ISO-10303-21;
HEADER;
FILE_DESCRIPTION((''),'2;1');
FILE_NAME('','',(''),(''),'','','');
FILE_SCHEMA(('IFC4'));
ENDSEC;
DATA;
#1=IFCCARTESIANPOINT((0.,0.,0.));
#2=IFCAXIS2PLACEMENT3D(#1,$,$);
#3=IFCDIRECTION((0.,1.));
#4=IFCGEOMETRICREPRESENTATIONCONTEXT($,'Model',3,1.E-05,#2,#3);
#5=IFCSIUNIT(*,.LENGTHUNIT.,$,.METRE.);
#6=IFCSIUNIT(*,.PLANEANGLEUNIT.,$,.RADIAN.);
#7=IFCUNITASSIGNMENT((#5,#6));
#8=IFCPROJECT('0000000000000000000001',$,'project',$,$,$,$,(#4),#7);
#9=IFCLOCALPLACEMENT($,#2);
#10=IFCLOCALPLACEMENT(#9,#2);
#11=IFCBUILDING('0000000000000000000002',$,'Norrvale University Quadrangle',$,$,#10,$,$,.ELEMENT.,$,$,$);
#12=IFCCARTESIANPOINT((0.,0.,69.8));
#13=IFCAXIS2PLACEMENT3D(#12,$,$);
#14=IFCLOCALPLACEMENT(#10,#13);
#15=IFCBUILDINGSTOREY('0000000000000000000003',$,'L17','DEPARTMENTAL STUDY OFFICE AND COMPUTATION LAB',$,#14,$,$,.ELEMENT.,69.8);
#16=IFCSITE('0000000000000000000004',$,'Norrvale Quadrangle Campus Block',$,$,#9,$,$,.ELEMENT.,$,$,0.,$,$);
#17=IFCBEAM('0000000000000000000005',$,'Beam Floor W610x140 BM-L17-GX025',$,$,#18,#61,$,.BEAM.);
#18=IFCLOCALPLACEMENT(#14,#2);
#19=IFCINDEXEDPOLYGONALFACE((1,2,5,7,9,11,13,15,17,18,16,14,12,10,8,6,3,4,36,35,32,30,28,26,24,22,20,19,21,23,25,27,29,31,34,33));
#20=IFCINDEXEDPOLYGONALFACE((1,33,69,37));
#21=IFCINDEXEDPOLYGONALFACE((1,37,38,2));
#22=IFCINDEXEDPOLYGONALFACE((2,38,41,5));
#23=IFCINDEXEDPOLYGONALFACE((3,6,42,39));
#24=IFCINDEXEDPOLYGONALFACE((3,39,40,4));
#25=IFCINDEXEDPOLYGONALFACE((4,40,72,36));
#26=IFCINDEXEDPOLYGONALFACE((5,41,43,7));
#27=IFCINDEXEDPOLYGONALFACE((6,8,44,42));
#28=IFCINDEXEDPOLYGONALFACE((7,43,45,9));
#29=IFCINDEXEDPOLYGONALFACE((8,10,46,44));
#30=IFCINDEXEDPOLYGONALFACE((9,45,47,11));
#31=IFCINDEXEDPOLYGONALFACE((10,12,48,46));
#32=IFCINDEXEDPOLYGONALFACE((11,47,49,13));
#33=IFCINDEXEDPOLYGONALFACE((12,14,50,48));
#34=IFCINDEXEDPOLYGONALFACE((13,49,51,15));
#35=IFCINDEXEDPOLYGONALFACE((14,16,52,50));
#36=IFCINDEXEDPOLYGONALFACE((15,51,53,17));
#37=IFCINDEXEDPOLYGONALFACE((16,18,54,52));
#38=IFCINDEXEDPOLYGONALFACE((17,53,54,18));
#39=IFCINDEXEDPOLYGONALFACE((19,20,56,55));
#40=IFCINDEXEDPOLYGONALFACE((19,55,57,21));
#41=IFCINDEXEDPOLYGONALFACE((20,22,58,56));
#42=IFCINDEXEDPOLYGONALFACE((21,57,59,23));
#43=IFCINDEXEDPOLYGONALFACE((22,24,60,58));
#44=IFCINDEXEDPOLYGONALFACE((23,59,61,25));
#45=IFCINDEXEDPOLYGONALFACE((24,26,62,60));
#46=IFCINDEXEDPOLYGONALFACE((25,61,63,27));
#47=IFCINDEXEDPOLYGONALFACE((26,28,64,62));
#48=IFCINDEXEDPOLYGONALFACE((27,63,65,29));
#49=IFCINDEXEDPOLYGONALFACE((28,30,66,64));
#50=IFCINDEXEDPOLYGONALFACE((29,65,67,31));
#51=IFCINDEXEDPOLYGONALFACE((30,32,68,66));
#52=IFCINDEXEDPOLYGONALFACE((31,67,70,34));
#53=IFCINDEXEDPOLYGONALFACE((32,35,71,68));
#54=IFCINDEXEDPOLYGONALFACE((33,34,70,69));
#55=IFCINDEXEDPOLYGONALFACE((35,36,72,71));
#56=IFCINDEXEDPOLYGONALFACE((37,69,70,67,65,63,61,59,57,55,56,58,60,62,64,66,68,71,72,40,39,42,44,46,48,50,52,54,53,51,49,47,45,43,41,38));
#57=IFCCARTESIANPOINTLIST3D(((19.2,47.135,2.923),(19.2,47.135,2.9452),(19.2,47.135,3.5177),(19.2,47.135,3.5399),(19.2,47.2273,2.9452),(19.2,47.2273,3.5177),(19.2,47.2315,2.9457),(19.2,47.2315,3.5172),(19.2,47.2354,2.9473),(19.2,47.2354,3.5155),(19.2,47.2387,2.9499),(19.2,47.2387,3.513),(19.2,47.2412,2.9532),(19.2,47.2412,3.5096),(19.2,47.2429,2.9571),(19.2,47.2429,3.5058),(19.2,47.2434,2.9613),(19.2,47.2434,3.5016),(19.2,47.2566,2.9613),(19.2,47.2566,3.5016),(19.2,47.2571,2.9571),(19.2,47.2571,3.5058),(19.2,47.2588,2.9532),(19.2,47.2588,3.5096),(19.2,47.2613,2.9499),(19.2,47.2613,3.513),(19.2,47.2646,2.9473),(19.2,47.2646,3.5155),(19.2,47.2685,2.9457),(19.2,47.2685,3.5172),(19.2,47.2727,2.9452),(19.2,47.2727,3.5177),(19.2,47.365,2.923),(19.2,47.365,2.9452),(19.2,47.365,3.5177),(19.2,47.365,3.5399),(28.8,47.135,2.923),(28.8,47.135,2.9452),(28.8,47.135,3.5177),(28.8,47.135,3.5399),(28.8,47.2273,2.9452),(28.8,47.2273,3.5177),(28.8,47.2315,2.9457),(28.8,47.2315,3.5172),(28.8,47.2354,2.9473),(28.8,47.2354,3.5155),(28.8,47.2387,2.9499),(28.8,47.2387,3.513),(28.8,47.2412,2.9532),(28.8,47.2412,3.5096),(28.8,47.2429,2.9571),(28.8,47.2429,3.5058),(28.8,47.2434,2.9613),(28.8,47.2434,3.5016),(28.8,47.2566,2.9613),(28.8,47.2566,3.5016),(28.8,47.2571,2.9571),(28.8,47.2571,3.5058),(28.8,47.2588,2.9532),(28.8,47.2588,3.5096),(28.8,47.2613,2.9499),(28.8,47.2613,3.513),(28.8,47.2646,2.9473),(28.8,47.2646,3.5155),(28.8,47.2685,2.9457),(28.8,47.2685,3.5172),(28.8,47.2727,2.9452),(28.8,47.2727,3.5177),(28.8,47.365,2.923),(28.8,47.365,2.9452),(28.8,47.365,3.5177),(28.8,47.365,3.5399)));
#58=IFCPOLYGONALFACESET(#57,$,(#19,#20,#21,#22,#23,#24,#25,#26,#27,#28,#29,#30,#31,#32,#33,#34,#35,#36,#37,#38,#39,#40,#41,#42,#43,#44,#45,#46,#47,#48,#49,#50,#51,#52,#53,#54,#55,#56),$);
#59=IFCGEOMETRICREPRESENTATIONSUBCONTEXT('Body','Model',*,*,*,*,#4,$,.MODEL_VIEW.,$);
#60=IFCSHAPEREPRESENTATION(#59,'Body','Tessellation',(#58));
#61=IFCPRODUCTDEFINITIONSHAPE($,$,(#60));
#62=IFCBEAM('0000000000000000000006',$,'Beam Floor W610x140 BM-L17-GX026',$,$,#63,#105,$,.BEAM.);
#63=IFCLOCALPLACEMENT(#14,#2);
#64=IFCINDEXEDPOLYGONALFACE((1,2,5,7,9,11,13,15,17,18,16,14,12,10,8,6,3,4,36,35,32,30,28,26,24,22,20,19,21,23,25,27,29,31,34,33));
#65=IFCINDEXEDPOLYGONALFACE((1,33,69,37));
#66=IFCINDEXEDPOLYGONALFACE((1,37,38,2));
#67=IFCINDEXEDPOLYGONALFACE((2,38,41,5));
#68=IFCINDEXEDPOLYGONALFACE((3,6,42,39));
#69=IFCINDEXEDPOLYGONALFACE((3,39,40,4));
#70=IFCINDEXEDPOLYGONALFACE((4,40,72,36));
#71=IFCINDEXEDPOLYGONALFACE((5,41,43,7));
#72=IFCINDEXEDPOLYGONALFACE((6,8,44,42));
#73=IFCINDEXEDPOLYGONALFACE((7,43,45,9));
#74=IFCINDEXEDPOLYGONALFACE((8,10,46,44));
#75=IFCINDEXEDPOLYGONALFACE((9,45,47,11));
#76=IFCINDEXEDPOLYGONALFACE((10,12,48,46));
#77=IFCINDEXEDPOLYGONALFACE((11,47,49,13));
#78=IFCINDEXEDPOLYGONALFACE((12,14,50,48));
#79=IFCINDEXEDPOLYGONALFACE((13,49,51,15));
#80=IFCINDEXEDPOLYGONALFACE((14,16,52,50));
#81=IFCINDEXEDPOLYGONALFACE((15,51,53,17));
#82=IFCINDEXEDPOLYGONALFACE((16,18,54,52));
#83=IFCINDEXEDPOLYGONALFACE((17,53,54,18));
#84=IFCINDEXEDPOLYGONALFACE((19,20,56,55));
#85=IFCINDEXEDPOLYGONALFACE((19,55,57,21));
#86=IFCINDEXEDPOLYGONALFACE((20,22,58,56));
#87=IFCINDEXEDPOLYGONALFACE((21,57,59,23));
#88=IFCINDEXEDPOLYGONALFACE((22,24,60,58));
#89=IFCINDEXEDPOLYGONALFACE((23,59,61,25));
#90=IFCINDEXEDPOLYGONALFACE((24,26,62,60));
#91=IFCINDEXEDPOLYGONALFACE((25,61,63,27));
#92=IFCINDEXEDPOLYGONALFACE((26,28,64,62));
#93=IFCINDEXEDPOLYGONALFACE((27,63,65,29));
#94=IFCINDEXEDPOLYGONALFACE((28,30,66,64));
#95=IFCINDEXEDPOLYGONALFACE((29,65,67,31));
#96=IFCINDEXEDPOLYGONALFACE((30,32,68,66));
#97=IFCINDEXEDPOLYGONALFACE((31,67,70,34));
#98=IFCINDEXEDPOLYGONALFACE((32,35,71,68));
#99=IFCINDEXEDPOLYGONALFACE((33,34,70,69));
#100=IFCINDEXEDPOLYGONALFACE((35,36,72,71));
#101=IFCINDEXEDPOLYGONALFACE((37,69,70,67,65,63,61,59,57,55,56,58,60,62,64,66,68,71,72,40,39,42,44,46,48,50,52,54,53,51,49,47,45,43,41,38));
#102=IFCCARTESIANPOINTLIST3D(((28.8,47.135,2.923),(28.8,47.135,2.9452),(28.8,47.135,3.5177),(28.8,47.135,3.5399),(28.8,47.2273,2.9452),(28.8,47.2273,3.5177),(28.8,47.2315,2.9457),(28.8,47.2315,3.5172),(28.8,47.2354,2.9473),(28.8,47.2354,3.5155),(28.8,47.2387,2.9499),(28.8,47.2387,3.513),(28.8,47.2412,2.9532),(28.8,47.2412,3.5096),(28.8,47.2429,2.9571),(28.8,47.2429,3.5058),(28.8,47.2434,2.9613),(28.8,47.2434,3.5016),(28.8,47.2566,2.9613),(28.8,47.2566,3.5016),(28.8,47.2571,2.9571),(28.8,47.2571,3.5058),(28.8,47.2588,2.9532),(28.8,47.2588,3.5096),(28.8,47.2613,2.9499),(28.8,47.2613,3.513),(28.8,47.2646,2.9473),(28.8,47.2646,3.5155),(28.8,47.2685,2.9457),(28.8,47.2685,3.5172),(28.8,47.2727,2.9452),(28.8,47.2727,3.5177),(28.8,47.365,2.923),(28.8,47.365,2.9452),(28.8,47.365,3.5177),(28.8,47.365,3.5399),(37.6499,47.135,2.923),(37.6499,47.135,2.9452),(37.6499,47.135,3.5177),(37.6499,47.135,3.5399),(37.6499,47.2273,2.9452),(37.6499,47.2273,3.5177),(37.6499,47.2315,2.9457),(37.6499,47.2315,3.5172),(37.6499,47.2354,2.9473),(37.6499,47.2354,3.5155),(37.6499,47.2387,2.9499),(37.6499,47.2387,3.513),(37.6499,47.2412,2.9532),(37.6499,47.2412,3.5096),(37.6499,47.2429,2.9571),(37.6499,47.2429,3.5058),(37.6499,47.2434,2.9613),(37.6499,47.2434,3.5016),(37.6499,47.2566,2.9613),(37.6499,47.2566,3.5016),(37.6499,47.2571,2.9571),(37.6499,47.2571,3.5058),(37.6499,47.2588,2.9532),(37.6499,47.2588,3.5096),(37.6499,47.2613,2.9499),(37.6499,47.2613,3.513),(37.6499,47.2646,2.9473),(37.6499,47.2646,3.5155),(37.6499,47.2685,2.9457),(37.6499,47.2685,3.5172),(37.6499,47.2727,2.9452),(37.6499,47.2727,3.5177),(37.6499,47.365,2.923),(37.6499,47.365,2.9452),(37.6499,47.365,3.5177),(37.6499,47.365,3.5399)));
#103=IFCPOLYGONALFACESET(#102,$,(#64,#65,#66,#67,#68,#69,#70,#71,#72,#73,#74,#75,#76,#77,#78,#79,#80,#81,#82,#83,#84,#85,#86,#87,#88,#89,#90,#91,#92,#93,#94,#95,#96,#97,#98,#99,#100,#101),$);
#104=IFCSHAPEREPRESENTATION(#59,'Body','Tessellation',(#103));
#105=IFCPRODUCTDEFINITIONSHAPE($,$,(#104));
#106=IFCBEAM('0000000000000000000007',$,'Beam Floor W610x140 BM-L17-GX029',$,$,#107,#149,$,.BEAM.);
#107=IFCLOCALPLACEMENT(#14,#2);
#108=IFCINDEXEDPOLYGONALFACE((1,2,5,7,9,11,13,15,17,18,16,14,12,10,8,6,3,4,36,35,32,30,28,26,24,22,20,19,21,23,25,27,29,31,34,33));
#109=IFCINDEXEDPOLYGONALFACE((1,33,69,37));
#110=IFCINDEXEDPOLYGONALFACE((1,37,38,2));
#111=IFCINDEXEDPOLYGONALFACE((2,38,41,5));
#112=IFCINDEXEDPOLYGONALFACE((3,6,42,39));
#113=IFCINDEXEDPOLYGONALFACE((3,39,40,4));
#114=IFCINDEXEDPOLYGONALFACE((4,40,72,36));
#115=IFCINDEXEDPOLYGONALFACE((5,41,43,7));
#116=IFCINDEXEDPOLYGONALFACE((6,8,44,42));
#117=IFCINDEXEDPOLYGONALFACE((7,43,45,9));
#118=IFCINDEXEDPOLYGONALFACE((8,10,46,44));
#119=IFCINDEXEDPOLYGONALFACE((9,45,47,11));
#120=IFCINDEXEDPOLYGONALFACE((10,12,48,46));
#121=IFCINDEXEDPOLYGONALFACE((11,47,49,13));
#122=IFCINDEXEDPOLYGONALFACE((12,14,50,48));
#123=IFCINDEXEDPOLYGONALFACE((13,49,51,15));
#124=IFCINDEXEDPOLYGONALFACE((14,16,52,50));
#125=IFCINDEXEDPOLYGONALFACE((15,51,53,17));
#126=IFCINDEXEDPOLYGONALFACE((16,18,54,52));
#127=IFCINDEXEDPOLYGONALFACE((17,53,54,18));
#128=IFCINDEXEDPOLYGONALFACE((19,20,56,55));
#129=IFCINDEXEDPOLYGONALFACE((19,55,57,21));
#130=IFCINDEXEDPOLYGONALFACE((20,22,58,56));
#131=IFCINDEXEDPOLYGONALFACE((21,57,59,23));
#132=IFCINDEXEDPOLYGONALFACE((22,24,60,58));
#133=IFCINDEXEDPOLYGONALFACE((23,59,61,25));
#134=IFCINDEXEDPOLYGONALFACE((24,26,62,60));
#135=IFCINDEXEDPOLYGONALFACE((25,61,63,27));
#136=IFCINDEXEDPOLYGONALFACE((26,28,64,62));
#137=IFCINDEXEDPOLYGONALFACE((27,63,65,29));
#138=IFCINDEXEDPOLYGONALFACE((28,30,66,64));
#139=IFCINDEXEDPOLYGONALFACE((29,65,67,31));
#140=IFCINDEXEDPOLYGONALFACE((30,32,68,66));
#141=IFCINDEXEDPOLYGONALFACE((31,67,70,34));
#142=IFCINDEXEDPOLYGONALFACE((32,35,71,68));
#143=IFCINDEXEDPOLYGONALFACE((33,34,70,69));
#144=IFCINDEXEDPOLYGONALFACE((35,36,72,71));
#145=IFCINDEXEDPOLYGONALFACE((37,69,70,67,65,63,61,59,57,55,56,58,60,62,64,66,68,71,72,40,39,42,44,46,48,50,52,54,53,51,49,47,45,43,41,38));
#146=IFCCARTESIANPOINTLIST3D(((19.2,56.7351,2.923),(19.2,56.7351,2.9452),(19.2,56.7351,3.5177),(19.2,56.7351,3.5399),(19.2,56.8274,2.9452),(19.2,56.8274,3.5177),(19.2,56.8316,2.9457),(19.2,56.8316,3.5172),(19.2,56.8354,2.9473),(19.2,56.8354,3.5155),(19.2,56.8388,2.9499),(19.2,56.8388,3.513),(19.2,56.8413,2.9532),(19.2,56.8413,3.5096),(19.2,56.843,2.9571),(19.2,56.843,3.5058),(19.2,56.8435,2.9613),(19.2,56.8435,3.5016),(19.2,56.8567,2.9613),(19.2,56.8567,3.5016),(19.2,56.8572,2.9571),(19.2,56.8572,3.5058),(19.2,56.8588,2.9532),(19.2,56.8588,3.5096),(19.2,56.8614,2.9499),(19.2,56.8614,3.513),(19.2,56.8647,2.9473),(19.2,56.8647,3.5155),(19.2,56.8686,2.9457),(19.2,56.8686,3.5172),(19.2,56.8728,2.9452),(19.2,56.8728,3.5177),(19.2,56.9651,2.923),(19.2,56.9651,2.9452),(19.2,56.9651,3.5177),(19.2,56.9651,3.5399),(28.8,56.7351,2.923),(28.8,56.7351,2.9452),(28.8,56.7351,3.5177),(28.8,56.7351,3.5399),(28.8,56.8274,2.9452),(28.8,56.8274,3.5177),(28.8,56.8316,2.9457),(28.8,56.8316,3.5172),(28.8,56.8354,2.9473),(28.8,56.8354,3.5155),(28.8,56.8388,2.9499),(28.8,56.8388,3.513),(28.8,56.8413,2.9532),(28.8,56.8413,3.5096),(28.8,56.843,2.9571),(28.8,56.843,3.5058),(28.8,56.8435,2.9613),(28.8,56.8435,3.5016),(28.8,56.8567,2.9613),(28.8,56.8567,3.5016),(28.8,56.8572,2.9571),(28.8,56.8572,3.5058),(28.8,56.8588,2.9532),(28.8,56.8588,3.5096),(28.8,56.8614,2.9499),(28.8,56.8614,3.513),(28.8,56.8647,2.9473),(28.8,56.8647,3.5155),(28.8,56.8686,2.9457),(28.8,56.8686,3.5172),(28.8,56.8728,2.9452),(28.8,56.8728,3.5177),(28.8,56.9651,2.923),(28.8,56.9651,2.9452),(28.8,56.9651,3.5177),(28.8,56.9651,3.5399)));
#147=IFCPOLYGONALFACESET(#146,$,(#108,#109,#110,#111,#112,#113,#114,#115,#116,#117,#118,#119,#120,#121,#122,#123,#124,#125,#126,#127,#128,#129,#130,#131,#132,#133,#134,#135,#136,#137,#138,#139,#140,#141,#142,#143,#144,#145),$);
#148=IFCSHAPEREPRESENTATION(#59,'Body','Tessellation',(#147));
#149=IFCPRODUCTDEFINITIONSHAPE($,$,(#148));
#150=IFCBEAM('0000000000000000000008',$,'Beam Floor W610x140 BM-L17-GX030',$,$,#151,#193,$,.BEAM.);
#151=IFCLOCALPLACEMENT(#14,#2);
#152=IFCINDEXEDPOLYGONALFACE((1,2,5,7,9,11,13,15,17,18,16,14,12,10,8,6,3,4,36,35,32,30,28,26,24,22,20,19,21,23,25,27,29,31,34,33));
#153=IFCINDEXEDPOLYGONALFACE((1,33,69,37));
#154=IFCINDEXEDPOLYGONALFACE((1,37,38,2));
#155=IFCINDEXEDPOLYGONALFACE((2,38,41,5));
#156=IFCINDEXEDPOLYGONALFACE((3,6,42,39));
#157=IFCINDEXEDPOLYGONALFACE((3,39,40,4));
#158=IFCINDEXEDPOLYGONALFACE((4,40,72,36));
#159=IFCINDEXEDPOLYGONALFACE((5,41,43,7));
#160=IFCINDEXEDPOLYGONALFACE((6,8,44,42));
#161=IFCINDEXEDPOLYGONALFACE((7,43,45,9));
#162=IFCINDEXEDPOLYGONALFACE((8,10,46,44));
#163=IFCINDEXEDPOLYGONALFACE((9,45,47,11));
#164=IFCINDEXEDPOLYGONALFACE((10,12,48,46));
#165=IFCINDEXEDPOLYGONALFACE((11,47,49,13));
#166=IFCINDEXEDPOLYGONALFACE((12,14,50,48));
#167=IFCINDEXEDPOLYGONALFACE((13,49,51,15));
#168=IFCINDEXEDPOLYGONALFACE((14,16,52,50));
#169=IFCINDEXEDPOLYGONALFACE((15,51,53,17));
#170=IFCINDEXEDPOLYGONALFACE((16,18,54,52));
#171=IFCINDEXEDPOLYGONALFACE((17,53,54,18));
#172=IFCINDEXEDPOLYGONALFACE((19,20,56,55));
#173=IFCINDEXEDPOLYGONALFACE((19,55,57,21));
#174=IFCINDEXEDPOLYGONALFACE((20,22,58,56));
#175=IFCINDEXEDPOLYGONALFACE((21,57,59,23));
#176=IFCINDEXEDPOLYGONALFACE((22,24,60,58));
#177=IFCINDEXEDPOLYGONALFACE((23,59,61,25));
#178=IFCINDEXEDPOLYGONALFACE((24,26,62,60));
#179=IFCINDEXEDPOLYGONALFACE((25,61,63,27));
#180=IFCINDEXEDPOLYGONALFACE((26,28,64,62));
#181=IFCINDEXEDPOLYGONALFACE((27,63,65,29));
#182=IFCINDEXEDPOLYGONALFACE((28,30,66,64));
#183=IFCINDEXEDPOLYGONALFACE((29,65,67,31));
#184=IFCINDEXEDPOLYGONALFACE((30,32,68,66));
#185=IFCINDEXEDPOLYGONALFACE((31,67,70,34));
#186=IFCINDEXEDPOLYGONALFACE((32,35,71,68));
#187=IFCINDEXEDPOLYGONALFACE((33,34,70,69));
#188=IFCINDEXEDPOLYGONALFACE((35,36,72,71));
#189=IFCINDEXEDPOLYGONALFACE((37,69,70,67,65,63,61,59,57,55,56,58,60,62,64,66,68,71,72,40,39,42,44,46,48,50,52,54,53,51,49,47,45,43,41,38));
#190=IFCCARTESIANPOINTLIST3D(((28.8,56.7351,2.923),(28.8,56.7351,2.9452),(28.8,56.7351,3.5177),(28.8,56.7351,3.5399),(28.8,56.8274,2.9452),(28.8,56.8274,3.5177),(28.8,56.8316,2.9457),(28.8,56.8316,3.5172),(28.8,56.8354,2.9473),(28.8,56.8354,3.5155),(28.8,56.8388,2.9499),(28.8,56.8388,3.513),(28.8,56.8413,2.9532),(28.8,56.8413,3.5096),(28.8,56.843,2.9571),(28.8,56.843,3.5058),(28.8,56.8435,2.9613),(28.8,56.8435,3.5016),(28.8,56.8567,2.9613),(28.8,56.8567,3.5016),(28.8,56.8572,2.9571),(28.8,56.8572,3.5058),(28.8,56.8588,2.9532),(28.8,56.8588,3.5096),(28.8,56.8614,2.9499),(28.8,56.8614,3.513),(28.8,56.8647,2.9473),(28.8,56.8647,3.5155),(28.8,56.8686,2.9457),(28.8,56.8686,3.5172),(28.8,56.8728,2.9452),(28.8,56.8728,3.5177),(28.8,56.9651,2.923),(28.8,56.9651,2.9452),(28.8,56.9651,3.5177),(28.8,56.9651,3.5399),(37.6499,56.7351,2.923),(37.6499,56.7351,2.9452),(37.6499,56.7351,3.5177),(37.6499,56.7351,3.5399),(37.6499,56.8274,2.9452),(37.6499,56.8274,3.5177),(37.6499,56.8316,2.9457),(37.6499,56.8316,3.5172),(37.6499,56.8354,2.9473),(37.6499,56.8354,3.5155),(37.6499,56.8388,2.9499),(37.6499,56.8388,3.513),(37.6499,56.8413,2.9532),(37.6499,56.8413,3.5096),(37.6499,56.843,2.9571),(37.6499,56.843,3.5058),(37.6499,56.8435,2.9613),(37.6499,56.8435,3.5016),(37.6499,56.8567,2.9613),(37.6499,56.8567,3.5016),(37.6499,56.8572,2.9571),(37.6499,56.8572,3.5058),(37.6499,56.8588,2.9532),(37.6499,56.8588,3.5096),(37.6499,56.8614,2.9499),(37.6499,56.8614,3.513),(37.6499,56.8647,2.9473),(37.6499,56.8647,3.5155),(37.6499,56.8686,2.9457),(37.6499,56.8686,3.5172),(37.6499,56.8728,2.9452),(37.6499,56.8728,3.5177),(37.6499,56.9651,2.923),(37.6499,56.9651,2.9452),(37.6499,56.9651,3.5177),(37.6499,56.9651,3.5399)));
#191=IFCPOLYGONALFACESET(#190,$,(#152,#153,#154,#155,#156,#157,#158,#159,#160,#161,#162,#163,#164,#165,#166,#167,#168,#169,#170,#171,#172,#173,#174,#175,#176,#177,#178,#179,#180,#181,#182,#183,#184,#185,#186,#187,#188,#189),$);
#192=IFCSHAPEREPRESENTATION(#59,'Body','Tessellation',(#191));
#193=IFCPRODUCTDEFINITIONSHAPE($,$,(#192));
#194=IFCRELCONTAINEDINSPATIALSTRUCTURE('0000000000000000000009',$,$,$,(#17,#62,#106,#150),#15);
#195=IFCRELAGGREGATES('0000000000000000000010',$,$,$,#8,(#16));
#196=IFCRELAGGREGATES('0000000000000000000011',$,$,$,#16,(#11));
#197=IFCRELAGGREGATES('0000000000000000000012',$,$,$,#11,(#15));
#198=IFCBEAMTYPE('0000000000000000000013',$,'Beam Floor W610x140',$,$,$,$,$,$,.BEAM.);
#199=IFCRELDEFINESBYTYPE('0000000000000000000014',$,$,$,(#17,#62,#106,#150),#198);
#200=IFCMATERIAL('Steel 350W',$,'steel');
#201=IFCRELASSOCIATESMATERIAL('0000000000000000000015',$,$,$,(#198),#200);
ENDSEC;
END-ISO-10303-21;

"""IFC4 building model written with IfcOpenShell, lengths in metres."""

from ifc_helpers import new_model, si_unit, direction, frame, origin, origin_2d, place, context, subcontext, project, spatial, i_section, extrude, material, material_profile, profile_set, type_object, element, save


model = new_model("IFC4")

# Units and contexts
model_context = context("Model", 3, precision=1e-05, world=origin(), true_north=direction((0.0, 1.0)))
body_context = subcontext(model_context, "Body", "Model", "MODEL_VIEW")
ifc_project = project(units=[si_unit("LENGTHUNIT", "METRE"), si_unit("PLANEANGLEUNIT", "RADIAN")], contexts=[model_context])

# Site, building, storey
site_placement = place(None, origin())
site = spatial("IfcSite", under=ifc_project, at=site_placement, Name="Norrvale Quadrangle Campus Block", CompositionType="ELEMENT", RefElevation=0.0)
building_placement = place(site_placement, origin())
building = spatial("IfcBuilding", under=site, at=building_placement, Name="Norrvale University Quadrangle", CompositionType="ELEMENT")
storey_placement = place(building_placement, frame((0.0, 0.0, 69.8)))
storey = spatial("IfcBuildingStorey", under=building, at=storey_placement, Name="L17", Description="DEPARTMENTAL STUDY OFFICE AND COMPUTATION LAB", CompositionType="ELEMENT", Elevation=69.8)

# Beams
ifc_material_1 = material(Name="Steel 350W", Category="steel")
ifc_material_profile_1 = material_profile(ifc_material_1, i_section(OverallWidth=0.23, OverallDepth=0.6169, WebThickness=0.0132, FlangeThickness=0.0222, FilletRadius=0.0161, at=origin_2d()), Name="Steel 350W")
ifc_profile_set_1 = profile_set([ifc_material_profile_1], Name="Steel 350W")
beam_type_1 = type_object("IfcBeamType", Name="Beam Floor W610x140", PredefinedType="BEAM", material=ifc_profile_set_1)
beam_1_placement = place(storey_placement, frame((19.2, 47.25, 3.2314), z_axis=(1.0, 0.0, 0.0), x_axis=(0.0, 1.0, 0.0)))
element("IfcBeam", 1, at=beam_1_placement, inside=storey, type_object=beam_type_1, Name="Beam Floor W610x140 BM-L17-GX025", PredefinedType="BEAM", context=body_context, shape_type="SweptSolid", body=[
    extrude(i_section(OverallWidth=0.23, OverallDepth=0.6169, WebThickness=0.0132, FlangeThickness=0.0222, FilletRadius=0.0161, at=origin_2d()), origin(), (0.0, 0.0, 1.0), 9.6001),
])
beam_2_placement = place(storey_placement, frame((28.8, 47.25, 3.2314), z_axis=(1.0, 0.0, 0.0), x_axis=(0.0, 1.0, 0.0)))
element("IfcBeam", 2, at=beam_2_placement, inside=storey, type_object=beam_type_1, Name="Beam Floor W610x140 BM-L17-GX026", PredefinedType="BEAM", context=body_context, shape_type="SweptSolid", body=[
    extrude(i_section(OverallWidth=0.23, OverallDepth=0.6169, WebThickness=0.0132, FlangeThickness=0.0222, FilletRadius=0.0161, at=origin_2d()), origin(), (0.0, 0.0, 1.0), 8.8499),
])
beam_3_placement = place(storey_placement, frame((19.2, 56.8501, 3.2314), z_axis=(1.0, 0.0, 0.0), x_axis=(0.0, 1.0, 0.0)))
element("IfcBeam", 3, at=beam_3_placement, inside=storey, type_object=beam_type_1, Name="Beam Floor W610x140 BM-L17-GX029", PredefinedType="BEAM", context=body_context, shape_type="SweptSolid", body=[
    extrude(i_section(OverallWidth=0.23, OverallDepth=0.6169, WebThickness=0.0132, FlangeThickness=0.0222, FilletRadius=0.0161, at=origin_2d()), origin(), (0.0, 0.0, 1.0), 9.6001),
])
beam_4_placement = place(storey_placement, frame((28.8, 56.8501, 3.2314), z_axis=(1.0, 0.0, 0.0), x_axis=(0.0, 1.0, 0.0)))
element("IfcBeam", 4, at=beam_4_placement, inside=storey, type_object=beam_type_1, Name="Beam Floor W610x140 BM-L17-GX030", PredefinedType="BEAM", context=body_context, shape_type="SweptSolid", body=[
    extrude(i_section(OverallWidth=0.23, OverallDepth=0.6169, WebThickness=0.0132, FlangeThickness=0.0222, FilletRadius=0.0161, at=origin_2d()), origin(), (0.0, 0.0, 1.0), 8.8499),
])

save(model, "model.ifc")
